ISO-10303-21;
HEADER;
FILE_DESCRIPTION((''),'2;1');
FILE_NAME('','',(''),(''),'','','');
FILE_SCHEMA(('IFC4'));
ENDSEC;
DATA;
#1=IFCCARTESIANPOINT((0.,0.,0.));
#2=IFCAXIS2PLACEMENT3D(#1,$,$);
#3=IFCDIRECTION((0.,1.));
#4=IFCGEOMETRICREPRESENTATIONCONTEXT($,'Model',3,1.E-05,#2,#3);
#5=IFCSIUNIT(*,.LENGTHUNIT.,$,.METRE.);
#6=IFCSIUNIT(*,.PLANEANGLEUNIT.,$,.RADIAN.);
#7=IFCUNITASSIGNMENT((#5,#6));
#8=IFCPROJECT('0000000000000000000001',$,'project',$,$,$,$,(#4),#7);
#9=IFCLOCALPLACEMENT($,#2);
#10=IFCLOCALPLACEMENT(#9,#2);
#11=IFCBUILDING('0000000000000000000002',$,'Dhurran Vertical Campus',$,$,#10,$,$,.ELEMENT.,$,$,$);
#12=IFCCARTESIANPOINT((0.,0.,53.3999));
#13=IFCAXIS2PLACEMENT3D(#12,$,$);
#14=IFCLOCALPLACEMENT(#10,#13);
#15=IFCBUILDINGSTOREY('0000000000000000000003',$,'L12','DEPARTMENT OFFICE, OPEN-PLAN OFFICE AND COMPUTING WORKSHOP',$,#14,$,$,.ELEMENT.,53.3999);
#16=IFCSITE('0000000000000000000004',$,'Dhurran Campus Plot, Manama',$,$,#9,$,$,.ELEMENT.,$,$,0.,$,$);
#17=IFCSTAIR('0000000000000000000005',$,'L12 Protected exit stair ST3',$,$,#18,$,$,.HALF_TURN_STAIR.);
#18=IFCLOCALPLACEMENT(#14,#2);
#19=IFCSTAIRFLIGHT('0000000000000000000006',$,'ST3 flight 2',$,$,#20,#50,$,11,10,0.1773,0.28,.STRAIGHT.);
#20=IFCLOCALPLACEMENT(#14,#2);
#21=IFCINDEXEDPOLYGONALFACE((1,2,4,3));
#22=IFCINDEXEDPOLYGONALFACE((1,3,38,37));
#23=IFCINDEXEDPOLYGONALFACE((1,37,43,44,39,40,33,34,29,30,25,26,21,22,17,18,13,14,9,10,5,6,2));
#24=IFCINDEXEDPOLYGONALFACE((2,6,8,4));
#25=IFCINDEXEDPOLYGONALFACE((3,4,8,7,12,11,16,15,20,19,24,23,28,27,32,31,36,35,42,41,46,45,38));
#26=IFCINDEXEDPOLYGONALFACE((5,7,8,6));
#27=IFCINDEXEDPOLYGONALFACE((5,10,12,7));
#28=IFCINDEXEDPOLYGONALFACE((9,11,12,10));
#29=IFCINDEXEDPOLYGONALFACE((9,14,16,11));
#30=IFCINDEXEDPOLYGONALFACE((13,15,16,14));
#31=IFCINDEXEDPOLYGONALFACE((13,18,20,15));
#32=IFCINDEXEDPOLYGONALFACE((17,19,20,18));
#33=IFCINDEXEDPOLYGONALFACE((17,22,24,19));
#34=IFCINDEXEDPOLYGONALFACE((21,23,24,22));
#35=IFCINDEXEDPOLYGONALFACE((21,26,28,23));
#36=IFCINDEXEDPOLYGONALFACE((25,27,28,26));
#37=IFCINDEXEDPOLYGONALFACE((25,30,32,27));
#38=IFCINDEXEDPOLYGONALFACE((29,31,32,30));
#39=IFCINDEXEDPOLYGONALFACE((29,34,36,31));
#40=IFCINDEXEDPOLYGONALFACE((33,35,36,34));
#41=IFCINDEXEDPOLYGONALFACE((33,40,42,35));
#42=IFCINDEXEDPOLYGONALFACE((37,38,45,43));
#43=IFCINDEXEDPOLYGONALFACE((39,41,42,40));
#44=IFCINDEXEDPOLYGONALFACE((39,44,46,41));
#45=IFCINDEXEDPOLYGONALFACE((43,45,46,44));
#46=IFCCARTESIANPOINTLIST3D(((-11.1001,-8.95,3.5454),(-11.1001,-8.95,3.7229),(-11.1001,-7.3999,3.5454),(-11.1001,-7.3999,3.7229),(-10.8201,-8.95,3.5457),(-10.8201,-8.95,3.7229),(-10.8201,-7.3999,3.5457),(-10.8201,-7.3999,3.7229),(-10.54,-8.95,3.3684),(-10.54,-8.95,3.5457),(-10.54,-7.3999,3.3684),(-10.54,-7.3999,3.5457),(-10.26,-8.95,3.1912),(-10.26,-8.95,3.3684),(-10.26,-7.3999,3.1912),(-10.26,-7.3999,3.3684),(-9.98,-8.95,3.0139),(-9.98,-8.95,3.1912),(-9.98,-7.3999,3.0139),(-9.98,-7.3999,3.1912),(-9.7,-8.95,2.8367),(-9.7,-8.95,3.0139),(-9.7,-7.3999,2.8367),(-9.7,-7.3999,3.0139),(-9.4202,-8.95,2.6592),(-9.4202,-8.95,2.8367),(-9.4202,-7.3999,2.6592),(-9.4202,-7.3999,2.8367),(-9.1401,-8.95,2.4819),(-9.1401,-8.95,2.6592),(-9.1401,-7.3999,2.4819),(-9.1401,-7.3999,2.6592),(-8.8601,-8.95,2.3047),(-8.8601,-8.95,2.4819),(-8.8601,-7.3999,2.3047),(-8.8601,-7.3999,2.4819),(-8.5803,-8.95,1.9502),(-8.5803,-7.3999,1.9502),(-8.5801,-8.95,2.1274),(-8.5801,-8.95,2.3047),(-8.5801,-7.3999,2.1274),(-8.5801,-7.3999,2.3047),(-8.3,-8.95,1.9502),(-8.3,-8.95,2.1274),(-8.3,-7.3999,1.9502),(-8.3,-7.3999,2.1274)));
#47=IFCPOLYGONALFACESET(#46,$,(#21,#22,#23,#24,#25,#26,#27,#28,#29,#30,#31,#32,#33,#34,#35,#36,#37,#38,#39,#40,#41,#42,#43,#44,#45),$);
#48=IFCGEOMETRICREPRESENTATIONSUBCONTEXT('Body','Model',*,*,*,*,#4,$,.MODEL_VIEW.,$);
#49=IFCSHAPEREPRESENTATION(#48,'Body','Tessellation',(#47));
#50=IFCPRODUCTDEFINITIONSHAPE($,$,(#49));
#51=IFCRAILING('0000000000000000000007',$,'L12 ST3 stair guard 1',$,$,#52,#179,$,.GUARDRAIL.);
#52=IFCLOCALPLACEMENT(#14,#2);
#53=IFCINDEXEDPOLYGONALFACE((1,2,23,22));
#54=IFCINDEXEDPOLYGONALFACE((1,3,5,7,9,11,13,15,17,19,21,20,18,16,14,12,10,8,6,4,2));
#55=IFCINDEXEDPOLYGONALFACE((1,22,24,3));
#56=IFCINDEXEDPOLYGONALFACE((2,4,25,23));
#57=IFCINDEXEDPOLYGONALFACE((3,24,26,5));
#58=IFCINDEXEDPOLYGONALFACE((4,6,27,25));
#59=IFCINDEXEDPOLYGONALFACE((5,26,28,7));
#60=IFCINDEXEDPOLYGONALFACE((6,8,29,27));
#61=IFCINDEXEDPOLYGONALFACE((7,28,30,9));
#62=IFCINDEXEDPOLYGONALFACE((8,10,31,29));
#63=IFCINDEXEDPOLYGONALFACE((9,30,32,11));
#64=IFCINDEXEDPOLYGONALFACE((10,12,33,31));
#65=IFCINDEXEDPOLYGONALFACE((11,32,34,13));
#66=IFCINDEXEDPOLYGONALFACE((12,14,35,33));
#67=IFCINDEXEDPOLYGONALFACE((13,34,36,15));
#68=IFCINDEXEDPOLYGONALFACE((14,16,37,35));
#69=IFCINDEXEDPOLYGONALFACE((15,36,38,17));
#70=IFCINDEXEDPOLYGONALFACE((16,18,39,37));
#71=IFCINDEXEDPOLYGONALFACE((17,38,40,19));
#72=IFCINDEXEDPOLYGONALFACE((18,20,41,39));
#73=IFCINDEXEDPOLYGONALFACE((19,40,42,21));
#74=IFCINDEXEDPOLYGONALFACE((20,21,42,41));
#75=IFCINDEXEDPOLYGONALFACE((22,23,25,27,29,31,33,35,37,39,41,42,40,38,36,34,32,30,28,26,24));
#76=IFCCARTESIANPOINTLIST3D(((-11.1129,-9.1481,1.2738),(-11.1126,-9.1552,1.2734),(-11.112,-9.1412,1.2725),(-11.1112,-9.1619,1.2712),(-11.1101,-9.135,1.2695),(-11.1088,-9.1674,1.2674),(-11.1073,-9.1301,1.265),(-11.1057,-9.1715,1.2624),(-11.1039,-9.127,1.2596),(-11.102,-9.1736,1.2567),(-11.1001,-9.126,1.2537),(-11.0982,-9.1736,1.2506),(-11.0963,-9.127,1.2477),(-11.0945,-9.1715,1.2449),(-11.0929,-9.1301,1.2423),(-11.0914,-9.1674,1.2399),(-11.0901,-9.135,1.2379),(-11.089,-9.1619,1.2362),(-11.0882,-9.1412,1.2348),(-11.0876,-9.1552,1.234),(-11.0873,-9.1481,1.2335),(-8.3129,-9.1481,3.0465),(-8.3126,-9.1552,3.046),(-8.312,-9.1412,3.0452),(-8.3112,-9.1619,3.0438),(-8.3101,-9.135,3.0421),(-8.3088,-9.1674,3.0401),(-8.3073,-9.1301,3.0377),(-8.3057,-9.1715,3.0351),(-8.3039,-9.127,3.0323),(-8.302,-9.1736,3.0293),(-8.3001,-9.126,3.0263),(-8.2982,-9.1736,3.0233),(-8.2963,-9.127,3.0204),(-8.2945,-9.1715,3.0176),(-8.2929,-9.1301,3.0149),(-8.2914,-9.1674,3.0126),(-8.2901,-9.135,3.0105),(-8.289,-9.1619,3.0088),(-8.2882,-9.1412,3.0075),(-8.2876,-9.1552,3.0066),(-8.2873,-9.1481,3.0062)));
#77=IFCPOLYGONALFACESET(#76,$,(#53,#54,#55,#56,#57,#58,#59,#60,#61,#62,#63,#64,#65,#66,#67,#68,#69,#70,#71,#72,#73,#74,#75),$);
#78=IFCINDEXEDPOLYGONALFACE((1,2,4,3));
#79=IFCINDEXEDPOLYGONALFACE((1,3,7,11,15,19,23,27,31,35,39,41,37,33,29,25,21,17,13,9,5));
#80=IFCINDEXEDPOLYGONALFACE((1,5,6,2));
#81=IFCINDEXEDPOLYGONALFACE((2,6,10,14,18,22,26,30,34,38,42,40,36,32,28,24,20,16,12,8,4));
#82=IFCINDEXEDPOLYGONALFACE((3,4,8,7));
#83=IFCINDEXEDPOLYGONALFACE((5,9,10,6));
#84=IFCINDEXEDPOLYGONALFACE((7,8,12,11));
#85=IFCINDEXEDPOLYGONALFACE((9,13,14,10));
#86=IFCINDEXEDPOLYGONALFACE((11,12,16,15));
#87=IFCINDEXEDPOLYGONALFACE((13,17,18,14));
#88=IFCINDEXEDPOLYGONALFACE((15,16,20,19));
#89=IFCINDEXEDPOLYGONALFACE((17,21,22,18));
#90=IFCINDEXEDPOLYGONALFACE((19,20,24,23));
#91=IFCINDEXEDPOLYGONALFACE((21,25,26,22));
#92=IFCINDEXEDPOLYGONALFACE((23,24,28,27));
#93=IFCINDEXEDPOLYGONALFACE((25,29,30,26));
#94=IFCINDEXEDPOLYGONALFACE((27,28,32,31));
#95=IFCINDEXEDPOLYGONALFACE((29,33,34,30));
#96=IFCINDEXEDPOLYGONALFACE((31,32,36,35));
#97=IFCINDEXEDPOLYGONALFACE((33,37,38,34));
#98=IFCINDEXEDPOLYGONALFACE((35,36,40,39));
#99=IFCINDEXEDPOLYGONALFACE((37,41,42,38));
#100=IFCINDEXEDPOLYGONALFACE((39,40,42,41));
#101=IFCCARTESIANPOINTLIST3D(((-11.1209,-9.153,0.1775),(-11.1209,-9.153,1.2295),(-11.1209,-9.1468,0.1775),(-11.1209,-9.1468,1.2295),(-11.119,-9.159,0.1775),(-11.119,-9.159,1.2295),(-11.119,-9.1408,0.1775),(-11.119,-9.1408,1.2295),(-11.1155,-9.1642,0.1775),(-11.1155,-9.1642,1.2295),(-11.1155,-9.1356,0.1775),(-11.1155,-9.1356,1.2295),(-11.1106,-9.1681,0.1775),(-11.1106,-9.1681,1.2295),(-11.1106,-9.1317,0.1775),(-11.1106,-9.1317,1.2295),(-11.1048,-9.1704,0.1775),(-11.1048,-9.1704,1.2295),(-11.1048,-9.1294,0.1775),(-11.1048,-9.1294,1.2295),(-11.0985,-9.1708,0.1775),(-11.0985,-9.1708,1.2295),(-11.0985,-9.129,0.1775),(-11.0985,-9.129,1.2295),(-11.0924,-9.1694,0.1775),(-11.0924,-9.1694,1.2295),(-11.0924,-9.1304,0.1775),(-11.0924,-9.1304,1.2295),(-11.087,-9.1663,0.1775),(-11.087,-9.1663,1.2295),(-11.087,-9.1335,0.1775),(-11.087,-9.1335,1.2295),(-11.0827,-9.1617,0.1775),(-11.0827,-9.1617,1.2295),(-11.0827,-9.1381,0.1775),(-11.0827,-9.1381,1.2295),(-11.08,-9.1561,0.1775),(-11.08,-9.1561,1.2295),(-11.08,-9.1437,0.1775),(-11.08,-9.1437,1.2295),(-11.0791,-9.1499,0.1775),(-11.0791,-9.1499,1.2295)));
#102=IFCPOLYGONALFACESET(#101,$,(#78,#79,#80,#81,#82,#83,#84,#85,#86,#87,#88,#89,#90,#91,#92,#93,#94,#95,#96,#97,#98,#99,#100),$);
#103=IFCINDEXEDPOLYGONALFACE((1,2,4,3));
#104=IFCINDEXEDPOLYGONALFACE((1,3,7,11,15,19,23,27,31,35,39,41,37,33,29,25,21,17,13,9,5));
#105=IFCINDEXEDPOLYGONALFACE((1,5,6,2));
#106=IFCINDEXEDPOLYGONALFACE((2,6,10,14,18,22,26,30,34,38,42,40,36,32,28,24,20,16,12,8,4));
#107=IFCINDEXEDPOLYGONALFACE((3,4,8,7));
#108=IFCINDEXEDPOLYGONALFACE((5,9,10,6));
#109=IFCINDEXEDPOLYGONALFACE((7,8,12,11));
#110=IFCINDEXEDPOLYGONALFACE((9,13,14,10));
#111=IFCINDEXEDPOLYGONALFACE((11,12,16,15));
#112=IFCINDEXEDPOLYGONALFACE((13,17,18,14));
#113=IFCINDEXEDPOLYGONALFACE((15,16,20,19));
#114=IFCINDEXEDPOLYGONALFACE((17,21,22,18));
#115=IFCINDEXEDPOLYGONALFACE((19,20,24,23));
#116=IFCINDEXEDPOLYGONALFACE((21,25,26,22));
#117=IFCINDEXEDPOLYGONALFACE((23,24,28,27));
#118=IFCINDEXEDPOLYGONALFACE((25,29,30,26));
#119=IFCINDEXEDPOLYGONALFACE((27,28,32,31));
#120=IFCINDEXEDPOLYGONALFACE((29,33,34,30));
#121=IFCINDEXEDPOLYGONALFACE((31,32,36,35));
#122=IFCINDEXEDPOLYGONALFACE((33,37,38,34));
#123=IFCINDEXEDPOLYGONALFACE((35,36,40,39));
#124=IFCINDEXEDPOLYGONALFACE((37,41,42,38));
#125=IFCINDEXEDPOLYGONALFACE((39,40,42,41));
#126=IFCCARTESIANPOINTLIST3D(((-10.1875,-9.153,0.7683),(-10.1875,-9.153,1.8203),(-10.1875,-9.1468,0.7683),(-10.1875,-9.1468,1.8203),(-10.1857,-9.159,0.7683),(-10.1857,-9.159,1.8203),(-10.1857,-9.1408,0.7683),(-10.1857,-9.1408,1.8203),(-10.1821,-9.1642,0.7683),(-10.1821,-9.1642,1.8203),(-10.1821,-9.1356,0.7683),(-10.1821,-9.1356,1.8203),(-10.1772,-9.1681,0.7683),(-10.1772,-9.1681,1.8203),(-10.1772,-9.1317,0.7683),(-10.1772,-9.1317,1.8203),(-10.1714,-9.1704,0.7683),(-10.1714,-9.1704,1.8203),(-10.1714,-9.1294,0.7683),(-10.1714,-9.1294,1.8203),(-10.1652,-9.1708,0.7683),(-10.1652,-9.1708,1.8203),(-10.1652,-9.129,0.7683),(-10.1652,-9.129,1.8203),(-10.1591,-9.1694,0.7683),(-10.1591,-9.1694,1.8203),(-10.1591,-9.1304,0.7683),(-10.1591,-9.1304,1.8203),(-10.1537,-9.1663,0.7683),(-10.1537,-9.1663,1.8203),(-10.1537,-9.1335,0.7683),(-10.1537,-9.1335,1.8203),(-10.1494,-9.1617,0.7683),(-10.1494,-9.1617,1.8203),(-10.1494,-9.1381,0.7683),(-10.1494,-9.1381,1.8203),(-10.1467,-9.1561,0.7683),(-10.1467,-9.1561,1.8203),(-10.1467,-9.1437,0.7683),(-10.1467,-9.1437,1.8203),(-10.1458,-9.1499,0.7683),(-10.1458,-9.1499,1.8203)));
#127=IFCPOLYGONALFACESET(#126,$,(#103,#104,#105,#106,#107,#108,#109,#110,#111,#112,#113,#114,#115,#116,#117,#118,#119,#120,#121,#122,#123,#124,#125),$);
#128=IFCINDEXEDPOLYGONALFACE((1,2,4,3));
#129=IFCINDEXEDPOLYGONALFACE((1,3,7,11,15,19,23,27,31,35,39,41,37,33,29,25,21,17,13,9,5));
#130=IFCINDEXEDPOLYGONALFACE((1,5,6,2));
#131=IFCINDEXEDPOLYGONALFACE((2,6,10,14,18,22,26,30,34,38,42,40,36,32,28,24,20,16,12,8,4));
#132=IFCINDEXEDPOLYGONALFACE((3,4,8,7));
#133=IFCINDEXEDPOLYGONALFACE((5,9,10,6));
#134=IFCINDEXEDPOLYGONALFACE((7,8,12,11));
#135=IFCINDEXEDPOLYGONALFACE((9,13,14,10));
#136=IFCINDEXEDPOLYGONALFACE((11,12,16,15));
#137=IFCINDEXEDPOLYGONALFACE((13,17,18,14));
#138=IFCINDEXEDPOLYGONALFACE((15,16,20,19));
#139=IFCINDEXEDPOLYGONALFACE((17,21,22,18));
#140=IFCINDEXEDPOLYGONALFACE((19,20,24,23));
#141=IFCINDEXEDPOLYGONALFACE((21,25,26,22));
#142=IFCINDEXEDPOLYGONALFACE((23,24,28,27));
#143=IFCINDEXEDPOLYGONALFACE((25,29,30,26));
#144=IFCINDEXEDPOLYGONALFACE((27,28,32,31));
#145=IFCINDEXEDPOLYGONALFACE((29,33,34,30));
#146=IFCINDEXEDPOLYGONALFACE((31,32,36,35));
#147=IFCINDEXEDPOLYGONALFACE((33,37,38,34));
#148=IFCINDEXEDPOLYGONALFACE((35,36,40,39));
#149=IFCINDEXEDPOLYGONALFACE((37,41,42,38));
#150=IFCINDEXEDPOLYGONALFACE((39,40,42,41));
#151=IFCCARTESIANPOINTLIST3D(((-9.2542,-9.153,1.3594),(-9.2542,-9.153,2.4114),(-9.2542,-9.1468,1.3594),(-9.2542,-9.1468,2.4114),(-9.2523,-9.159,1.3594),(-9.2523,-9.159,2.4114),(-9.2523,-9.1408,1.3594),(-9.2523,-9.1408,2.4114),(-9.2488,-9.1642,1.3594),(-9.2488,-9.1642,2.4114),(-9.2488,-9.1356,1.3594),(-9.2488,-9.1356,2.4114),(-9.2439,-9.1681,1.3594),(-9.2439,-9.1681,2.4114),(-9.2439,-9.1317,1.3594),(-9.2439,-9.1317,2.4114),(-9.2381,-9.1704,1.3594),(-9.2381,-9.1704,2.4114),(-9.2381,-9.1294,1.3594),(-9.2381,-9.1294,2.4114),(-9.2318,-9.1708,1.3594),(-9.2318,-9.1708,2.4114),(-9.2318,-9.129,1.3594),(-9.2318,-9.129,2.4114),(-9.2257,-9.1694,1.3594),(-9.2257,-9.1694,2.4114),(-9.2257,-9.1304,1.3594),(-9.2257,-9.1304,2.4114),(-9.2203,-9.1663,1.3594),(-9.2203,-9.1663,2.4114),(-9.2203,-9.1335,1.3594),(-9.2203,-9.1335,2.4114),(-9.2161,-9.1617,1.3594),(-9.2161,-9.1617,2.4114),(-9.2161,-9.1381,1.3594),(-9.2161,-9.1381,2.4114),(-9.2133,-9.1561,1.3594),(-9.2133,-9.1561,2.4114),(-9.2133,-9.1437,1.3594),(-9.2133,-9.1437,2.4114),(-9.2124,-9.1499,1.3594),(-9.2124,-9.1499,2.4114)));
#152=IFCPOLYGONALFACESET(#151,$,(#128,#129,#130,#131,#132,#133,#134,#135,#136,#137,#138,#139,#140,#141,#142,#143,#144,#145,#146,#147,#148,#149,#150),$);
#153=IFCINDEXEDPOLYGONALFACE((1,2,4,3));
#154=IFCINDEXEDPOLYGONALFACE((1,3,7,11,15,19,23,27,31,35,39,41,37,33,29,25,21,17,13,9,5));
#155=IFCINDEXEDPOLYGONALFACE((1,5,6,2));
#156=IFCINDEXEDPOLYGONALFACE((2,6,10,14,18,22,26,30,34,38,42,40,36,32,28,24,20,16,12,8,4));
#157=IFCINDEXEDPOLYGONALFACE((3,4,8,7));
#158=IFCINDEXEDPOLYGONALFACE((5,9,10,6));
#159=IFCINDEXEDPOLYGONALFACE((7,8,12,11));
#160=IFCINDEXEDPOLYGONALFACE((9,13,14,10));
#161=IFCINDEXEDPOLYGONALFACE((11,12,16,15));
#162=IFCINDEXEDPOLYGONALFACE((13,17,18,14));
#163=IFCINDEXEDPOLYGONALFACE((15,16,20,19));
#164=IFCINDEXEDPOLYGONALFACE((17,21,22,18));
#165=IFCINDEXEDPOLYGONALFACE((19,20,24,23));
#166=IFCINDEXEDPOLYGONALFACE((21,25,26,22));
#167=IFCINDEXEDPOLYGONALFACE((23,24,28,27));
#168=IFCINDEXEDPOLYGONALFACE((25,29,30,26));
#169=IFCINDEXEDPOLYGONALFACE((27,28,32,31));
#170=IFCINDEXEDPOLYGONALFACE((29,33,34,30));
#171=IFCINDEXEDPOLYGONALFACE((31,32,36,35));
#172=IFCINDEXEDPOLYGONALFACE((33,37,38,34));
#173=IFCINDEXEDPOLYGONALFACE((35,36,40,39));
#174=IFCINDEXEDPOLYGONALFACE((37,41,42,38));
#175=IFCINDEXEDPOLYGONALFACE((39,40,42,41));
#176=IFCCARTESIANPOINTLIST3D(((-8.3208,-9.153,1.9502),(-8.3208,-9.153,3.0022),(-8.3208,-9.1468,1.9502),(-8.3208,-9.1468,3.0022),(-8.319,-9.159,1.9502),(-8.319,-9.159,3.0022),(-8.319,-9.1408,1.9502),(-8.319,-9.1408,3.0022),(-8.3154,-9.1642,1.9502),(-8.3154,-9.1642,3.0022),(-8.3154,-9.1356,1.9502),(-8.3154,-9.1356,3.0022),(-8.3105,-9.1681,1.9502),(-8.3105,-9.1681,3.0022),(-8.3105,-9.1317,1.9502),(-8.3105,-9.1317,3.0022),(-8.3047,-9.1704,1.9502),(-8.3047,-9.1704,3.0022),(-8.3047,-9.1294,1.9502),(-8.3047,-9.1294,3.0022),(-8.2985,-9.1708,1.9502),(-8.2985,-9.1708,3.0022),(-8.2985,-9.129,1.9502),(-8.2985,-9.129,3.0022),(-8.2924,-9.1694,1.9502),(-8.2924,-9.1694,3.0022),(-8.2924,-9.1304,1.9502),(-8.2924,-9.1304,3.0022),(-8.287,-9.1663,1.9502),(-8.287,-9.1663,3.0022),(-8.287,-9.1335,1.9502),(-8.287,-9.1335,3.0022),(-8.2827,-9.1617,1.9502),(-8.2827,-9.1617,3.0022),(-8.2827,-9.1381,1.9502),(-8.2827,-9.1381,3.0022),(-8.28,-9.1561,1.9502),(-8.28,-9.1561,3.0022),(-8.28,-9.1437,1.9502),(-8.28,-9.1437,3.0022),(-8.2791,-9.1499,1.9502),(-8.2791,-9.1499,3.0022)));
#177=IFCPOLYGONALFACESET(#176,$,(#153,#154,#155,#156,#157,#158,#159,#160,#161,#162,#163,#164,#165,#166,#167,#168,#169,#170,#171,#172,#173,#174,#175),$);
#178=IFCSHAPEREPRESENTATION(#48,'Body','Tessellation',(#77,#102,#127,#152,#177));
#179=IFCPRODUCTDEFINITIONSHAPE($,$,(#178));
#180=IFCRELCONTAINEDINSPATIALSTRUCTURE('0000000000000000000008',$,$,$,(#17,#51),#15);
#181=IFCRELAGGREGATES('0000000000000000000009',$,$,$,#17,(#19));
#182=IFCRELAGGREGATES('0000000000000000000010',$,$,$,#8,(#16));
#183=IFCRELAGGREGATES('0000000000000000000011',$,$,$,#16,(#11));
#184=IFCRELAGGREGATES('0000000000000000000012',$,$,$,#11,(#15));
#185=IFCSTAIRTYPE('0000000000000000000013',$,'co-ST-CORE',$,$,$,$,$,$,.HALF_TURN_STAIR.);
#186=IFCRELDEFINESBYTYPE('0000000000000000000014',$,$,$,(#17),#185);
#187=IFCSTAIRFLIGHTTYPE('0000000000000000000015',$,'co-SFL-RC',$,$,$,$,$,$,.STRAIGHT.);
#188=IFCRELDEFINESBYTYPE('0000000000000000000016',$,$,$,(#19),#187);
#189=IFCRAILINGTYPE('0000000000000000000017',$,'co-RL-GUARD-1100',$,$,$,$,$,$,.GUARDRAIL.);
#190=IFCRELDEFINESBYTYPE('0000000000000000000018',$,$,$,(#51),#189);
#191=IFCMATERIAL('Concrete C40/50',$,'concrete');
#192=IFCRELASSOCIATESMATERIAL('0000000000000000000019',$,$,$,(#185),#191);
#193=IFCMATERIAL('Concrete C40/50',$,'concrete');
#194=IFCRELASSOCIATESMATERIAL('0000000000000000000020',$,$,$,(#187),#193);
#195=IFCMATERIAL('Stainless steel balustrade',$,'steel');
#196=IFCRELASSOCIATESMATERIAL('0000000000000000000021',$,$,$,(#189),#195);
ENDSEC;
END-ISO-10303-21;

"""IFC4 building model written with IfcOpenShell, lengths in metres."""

from ifc_helpers import new_model, si_unit, direction, frame, origin, origin_2d, place, context, subcontext, project, spatial, polyline, circle, outline, extrude, material, type_object, element, aggregate, save


model = new_model("IFC4")

# Units and contexts
model_context = context("Model", 3, precision=1e-05, world=origin(), true_north=direction((0.0, 1.0)))
body_context = subcontext(model_context, "Body", "Model", "MODEL_VIEW")
ifc_project = project(units=[si_unit("LENGTHUNIT", "METRE"), si_unit("PLANEANGLEUNIT", "RADIAN")], contexts=[model_context])

# Site, building, storey
site_placement = place(None, origin())
site = spatial("IfcSite", under=ifc_project, at=site_placement, Name="Dhurran Campus Plot, Manama", CompositionType="ELEMENT", RefElevation=0.0)
building_placement = place(site_placement, origin())
building = spatial("IfcBuilding", under=site, at=building_placement, Name="Dhurran Vertical Campus", CompositionType="ELEMENT")
storey_placement = place(building_placement, frame((0.0, 0.0, 53.3999)))
storey = spatial("IfcBuildingStorey", under=building, at=storey_placement, Name="L12", Description="DEPARTMENT OFFICE, OPEN-PLAN OFFICE AND COMPUTING WORKSHOP", CompositionType="ELEMENT", Elevation=53.3999)

# Stair, stair flight
ifc_material_1 = material(Name="Concrete C40/50", Category="concrete")
stair_type = type_object("IfcStairType", Name="co-ST-CORE", PredefinedType="HALF_TURN_STAIR", material=ifc_material_1)
stair_placement = place(storey_placement, origin())
stair = element("IfcStair", 1, at=stair_placement, inside=storey, type_object=stair_type, Name="L12 Protected exit stair ST3", PredefinedType="HALF_TURN_STAIR")
ifc_material_2 = material(Name="Concrete C40/50", Category="concrete")
stair_flight_type = type_object("IfcStairFlightType", Name="co-SFL-RC", PredefinedType="STRAIGHT", material=ifc_material_2)
stair_flight_1_placement = place(storey_placement, frame((-8.3, -8.175, 1.9502), z_axis=(0.0, 0.0, 1.0), x_axis=(-1.0, 0.0, 0.0)))
stair_flight_1 = element("IfcStairFlight", 2, at=stair_flight_1_placement, type_object=stair_flight_type, Name="ST3 flight 2", NumberOfRisers=11, NumberOfTreads=10, PredefinedType="STRAIGHT", RiserHeight=0.1773, TreadLength=0.28, context=body_context, shape_type="SweptSolid", body=[
    extrude(outline(polyline([(0.0, 0.0), (0.0, 0.1772), (0.28, 0.1772), (0.28, 0.3545), (0.5601, 0.3545), (0.5601, 0.5317), (0.8401, 0.5317), (0.8401, 0.709), (1.1201, 0.709), (1.1201, 0.8865), (1.3999, 0.8865), (1.3999, 1.0637), (1.6799, 1.0637), (1.6799, 1.241), (1.96, 1.241), (1.96, 1.4182), (2.24, 1.4182), (2.24, 1.5955), (2.52, 1.5955), (2.52, 1.7727), (2.8, 1.7727), (2.8, 1.95), (2.8, 1.5952), (0.2803, 0.0), (0.0, 0.0)])), frame((0.0, 0.7749, 0.0), z_axis=(0.0, -1.0, 0.0), x_axis=(1.0, 0.0, 0.0)), (0.0, 0.0, 1.0), 1.55),
])
aggregate(stair, [stair_flight_1])

# Railing
ifc_material_3 = material(Name="Stainless steel balustrade", Category="steel")
railing_type_1 = type_object("IfcRailingType", Name="co-RL-GUARD-1100", PredefinedType="GUARDRAIL", material=ifc_material_3)
railing_1_placement = place(storey_placement, frame((-11.1001, -9.1499, 0.1775)))
element("IfcRailing", 3, at=railing_1_placement, inside=storey, type_object=railing_type_1, Name="L12 ST3 stair guard 1", PredefinedType="GUARDRAIL", context=body_context, shape_type="SweptSolid", body=[
    extrude(circle(Radius=0.0239, at=origin_2d()), frame((0.0, 0.0, 1.0762), z_axis=(0.844909, 0.0, 0.53491), x_axis=(0.0, 1.0, 0.0)), (0.0, 0.0, 1.0), 3.314),
    extrude(circle(Radius=0.021, at=origin_2d()), origin(), (0.0, 0.0, 1.0), 1.052),
    extrude(circle(Radius=0.021, at=origin_2d()), frame((0.9333, 0.0, 0.5908)), (0.0, 0.0, 1.0), 1.052),
    extrude(circle(Radius=0.021, at=origin_2d()), frame((1.8667, 0.0, 1.1819)), (0.0, 0.0, 1.0), 1.052),
    extrude(circle(Radius=0.021, at=origin_2d()), frame((2.8, 0.0, 1.7727)), (0.0, 0.0, 1.0), 1.052),
])

save(model, "model.ifc")
